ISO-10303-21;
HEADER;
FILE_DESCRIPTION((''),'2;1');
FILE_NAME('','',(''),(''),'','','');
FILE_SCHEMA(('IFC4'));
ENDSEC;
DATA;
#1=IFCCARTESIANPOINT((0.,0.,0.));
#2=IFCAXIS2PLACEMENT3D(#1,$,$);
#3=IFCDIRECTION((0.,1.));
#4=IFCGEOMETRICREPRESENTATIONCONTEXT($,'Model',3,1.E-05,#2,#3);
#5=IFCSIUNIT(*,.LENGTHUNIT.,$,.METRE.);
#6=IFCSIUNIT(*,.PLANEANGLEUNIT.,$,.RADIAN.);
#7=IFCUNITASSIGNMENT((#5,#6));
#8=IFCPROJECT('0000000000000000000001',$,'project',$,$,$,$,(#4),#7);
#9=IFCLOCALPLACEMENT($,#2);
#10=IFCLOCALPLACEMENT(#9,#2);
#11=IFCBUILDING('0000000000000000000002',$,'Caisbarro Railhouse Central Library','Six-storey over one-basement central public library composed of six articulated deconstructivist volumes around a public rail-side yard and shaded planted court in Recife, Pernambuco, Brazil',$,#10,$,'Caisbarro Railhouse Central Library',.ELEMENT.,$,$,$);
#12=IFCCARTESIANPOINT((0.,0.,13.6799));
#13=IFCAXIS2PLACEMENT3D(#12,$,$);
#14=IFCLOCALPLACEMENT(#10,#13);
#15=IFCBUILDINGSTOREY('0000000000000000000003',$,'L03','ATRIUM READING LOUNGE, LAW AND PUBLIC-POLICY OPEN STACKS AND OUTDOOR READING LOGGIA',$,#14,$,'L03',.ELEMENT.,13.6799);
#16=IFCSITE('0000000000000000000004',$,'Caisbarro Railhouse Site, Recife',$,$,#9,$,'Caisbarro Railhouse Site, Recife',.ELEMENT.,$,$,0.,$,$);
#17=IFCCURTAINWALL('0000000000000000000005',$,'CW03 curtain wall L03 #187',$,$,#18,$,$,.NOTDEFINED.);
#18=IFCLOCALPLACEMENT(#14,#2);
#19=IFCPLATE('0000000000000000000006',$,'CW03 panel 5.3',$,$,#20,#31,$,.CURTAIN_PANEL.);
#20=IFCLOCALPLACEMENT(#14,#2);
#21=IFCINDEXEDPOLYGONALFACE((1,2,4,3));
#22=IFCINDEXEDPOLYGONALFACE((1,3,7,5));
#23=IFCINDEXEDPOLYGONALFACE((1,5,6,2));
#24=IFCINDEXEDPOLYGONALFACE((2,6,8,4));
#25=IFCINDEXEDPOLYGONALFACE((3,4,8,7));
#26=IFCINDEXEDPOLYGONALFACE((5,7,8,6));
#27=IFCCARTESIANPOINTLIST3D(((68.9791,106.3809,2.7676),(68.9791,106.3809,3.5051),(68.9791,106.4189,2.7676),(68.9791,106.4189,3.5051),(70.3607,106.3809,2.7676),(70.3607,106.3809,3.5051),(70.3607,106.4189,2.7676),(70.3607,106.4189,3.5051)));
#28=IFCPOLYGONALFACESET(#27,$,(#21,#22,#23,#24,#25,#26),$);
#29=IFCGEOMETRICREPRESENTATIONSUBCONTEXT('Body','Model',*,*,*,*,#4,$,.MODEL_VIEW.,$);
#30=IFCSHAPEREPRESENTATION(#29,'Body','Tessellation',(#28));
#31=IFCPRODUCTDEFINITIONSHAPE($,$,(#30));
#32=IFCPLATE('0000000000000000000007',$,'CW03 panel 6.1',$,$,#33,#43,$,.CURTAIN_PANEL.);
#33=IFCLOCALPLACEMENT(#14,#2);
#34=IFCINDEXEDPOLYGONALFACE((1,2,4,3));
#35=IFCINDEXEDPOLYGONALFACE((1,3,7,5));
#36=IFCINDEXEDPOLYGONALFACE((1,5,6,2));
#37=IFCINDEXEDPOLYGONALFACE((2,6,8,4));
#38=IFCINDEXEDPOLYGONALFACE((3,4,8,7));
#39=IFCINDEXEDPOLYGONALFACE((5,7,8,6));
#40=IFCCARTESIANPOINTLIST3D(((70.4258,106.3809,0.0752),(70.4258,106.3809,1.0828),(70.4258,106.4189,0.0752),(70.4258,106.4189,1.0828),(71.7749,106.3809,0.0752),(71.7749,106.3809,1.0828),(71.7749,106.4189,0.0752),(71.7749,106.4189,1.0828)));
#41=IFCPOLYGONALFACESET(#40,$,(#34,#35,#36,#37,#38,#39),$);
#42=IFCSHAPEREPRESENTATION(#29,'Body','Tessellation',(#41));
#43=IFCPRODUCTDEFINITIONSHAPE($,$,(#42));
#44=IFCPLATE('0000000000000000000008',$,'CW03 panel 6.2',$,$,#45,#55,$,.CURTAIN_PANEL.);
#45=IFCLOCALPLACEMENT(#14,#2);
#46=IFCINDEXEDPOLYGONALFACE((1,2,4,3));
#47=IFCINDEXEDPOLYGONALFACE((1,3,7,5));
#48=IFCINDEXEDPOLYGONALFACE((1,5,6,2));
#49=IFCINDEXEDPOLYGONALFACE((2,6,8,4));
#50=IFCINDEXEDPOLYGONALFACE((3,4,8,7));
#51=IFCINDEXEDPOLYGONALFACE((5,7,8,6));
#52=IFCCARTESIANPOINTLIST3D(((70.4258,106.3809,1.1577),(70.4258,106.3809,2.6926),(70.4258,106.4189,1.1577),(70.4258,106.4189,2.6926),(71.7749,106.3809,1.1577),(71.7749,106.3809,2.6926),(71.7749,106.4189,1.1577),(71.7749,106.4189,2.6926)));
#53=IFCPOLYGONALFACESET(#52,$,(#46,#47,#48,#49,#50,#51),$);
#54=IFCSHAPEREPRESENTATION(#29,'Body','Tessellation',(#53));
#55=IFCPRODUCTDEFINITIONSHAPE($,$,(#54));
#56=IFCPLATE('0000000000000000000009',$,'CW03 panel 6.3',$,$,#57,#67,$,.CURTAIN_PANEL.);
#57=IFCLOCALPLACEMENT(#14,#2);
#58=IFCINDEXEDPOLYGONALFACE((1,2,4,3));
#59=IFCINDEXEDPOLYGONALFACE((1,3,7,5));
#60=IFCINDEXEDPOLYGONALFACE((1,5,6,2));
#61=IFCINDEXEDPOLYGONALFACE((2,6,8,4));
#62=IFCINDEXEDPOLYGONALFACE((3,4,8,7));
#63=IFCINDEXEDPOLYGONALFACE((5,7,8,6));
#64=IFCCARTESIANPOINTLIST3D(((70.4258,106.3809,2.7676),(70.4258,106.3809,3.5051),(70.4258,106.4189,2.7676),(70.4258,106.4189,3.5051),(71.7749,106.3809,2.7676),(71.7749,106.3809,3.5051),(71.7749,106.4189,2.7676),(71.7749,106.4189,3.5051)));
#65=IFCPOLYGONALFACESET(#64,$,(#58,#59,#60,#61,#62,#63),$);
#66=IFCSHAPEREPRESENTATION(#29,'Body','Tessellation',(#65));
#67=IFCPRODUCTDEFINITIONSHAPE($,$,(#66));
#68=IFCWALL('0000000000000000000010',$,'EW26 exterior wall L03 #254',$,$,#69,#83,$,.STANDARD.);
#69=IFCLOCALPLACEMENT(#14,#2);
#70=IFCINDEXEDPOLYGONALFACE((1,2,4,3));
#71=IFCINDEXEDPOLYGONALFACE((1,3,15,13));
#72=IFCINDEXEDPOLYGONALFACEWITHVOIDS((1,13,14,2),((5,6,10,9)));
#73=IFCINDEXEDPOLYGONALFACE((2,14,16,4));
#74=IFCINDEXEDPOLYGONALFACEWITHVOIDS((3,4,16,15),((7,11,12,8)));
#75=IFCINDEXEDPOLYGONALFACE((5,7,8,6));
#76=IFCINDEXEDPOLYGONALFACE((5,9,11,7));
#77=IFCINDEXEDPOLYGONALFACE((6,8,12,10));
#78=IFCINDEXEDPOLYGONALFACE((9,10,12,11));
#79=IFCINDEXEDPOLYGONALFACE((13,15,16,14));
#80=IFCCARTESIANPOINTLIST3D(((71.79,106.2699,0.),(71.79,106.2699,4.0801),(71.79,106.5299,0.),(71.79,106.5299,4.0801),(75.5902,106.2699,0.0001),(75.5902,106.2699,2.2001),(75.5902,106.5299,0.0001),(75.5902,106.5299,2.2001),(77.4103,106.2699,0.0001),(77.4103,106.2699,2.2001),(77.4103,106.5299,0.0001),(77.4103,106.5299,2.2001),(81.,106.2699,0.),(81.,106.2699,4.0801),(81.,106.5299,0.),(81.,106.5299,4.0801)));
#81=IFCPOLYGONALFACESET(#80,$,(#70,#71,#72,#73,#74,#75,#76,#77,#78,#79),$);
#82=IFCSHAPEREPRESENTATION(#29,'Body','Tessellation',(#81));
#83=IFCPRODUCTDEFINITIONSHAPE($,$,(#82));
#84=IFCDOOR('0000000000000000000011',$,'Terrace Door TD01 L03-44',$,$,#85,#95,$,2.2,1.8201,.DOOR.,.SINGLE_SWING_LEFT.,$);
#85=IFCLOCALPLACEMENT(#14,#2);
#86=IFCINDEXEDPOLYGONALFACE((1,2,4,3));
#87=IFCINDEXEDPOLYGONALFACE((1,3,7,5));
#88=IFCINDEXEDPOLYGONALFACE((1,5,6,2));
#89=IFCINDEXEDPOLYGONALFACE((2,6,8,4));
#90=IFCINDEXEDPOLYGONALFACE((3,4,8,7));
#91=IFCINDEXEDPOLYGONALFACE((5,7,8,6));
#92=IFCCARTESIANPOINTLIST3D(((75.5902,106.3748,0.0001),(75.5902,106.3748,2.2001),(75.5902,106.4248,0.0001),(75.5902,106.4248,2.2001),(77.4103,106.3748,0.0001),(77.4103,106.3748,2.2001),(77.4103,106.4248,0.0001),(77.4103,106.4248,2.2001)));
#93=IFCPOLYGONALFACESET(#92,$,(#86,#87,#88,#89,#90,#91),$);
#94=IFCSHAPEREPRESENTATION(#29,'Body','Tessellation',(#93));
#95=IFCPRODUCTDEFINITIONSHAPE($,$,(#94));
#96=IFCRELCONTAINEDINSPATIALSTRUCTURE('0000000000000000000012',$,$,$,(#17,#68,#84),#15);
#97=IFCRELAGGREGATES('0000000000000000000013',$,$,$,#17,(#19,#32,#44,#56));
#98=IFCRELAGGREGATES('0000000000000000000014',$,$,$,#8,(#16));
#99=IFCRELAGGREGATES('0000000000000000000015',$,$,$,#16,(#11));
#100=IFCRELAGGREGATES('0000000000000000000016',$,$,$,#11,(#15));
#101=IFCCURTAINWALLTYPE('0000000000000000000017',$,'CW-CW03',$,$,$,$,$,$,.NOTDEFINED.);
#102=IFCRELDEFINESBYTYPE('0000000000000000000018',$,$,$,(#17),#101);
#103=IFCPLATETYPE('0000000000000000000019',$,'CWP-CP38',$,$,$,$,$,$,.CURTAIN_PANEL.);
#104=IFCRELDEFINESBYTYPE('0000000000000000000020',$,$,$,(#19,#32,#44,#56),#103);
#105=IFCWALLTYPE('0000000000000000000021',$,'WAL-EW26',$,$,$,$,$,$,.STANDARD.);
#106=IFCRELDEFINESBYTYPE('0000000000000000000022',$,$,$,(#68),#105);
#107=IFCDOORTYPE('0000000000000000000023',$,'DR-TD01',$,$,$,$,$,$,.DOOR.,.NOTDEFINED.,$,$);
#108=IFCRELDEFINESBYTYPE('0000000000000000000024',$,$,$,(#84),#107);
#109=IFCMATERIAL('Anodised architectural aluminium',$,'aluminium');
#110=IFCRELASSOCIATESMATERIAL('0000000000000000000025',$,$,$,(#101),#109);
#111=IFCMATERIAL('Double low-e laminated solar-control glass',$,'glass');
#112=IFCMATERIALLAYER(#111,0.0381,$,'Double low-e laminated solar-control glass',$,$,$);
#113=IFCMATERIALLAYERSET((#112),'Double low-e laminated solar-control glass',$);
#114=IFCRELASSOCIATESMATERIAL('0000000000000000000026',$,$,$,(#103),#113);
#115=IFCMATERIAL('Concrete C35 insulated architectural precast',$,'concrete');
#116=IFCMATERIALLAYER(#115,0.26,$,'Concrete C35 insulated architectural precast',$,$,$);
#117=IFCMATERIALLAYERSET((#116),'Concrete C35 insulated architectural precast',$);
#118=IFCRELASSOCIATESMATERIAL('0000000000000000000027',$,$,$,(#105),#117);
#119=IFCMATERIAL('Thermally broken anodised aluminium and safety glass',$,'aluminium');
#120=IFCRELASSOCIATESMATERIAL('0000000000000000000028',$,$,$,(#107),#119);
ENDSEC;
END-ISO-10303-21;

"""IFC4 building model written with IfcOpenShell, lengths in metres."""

from ifc_helpers import new_model, si_unit, direction, frame, frame_2d, origin, origin_2d, place, context, subcontext, project, spatial, rectangle, extrude, material, layer, layer_set, type_object, element, fill, aggregate, save


model = new_model("IFC4")

# Units and contexts
model_context = context("Model", 3, precision=1e-05, world=origin(), true_north=direction((0.0, 1.0)))
body_context = subcontext(model_context, "Body", "Model", "MODEL_VIEW")
ifc_project = project(units=[si_unit("LENGTHUNIT", "METRE"), si_unit("PLANEANGLEUNIT", "RADIAN")], contexts=[model_context])

# Site, building, storey
site_placement = place(None, origin())
site = spatial("IfcSite", under=ifc_project, at=site_placement, Name="Caisbarro Railhouse Site, Recife", LongName="Caisbarro Railhouse Site, Recife", CompositionType="ELEMENT", RefElevation=0.0)
building_placement = place(site_placement, origin())
building = spatial("IfcBuilding", under=site, at=building_placement, Name="Caisbarro Railhouse Central Library", Description="Six-storey over one-basement central public library composed of six articulated deconstructivist volumes around a public rail-side yard and shaded planted court in Recife, Pernambuco, Brazil", LongName="Caisbarro Railhouse Central Library", CompositionType="ELEMENT")
storey_placement = place(building_placement, frame((0.0, 0.0, 13.6799)))
storey = spatial("IfcBuildingStorey", under=building, at=storey_placement, Name="L03", Description="ATRIUM READING LOUNGE, LAW AND PUBLIC-POLICY OPEN STACKS AND OUTDOOR READING LOGGIA", LongName="L03", CompositionType="ELEMENT", Elevation=13.6799)

# Curtain wall, plates
ifc_material_1 = material(Name="Anodised architectural aluminium", Category="aluminium")
curtain_wall_type = type_object("IfcCurtainWallType", Name="CW-CW03", PredefinedType="NOTDEFINED", material=ifc_material_1)
curtain_wall_placement = place(storey_placement, origin())
curtain_wall = element("IfcCurtainWall", 1, at=curtain_wall_placement, inside=storey, type_object=curtain_wall_type, Name="CW03 curtain wall L03 #187", PredefinedType="NOTDEFINED")
ifc_material_2 = material(Name="Double low-e laminated solar-control glass", Category="glass")
ifc_layer_1 = layer(ifc_material_2, 0.0381, Name="Double low-e laminated solar-control glass")
ifc_layer_set_1 = layer_set([ifc_layer_1], Name="Double low-e laminated solar-control glass")
plate_type = type_object("IfcPlateType", Name="CWP-CP38", PredefinedType="CURTAIN_PANEL", material=ifc_layer_set_1)
plate_1_placement = place(storey_placement, frame((69.6699, 106.3999, 2.7676), z_axis=(0.0, 0.0, 1.0), x_axis=(1.0, 0.0, 0.0)))
plate_1 = element("IfcPlate", 2, at=plate_1_placement, type_object=plate_type, Name="CW03 panel 5.3", PredefinedType="CURTAIN_PANEL", context=body_context, shape_type="SweptSolid", body=[
    extrude(rectangle(XDim=1.3816, YDim=0.0381, at=origin_2d()), origin(), (0.0, 0.0, 1.0), 0.7375),
])
plate_2_placement = place(storey_placement, frame((71.1003, 106.3999, 0.0752), z_axis=(0.0, 0.0, 1.0), x_axis=(1.0, 0.0, 0.0)))
plate_2 = element("IfcPlate", 3, at=plate_2_placement, type_object=plate_type, Name="CW03 panel 6.1", PredefinedType="CURTAIN_PANEL", context=body_context, shape_type="SweptSolid", body=[
    extrude(rectangle(XDim=1.3491, YDim=0.0381, at=origin_2d()), origin(), (0.0, 0.0, 1.0), 1.0076),
])
plate_3_placement = place(storey_placement, frame((71.1003, 106.3999, 1.1577), z_axis=(0.0, 0.0, 1.0), x_axis=(1.0, 0.0, 0.0)))
plate_3 = element("IfcPlate", 4, at=plate_3_placement, type_object=plate_type, Name="CW03 panel 6.2", PredefinedType="CURTAIN_PANEL", context=body_context, shape_type="SweptSolid", body=[
    extrude(rectangle(XDim=1.3491, YDim=0.0381, at=origin_2d()), origin(), (0.0, 0.0, 1.0), 1.5349),
])
plate_4_placement = place(storey_placement, frame((71.1003, 106.3999, 2.7676), z_axis=(0.0, 0.0, 1.0), x_axis=(1.0, 0.0, 0.0)))
plate_4 = element("IfcPlate", 5, at=plate_4_placement, type_object=plate_type, Name="CW03 panel 6.3", PredefinedType="CURTAIN_PANEL", context=body_context, shape_type="SweptSolid", body=[
    extrude(rectangle(XDim=1.3491, YDim=0.0381, at=origin_2d()), origin(), (0.0, 0.0, 1.0), 0.7375),
])
aggregate(curtain_wall, [plate_1, plate_2, plate_3, plate_4])

# Wall, opening, door
ifc_material_3 = material(Name="Concrete C35 insulated architectural precast", Category="concrete")
ifc_layer_2 = layer(ifc_material_3, 0.26, Name="Concrete C35 insulated architectural precast")
ifc_layer_set_2 = layer_set([ifc_layer_2], Name="Concrete C35 insulated architectural precast")
wall_type = type_object("IfcWallType", Name="WAL-EW26", PredefinedType="STANDARD", material=ifc_layer_set_2)
wall_placement = place(storey_placement, frame((71.79, 106.3999, 0.0), z_axis=(0.0, 0.0, 1.0), x_axis=(1.0, 0.0, 0.0)))
wall = element("IfcWall", 6, at=wall_placement, inside=storey, type_object=wall_type, Name="EW26 exterior wall L03 #254", PredefinedType="STANDARD", context=body_context, shape_type="SweptSolid", body=[
    extrude(rectangle(XDim=9.21, YDim=0.26, at=frame_2d((4.605, 0.0))), origin(), (0.0, 0.0, 1.0), 4.0801),
])
opening_placement = place(wall_placement, frame((3.8, 0.0, 0.0)))
opening = element("IfcOpeningElement", 7, at=opening_placement, cuts=wall, PredefinedType="OPENING", context=body_context, shape_type="SweptSolid", body=[
    extrude(rectangle(XDim=1.8201, YDim=2.2, at=frame_2d((0.9102, 1.1001))), frame((0.0, 0.1401, 0.0), z_axis=(0.0, -1.0, 0.0), x_axis=(1.0, 0.0, 0.0)), (0.0, 0.0, 1.0), 0.28),
])
ifc_material_4 = material(Name="Thermally broken anodised aluminium and safety glass", Category="aluminium")
door_type = type_object("IfcDoorType", Name="DR-TD01", OperationType="NOTDEFINED", PredefinedType="DOOR", material=ifc_material_4)
door_placement = place(opening_placement, origin())
door = element("IfcDoor", 8, at=door_placement, inside=storey, type_object=door_type, Name="Terrace Door TD01 L03-44", OperationType="SINGLE_SWING_LEFT", OverallHeight=2.2, OverallWidth=1.8201, PredefinedType="DOOR", context=body_context, shape_type="SweptSolid", body=[
    extrude(rectangle(XDim=1.8201, YDim=2.2, at=frame_2d((0.9102, 1.1001))), frame((0.0, 0.0249, 0.0), z_axis=(0.0, -1.0, 0.0), x_axis=(1.0, 0.0, 0.0)), (0.0, 0.0, 1.0), 0.05),
])
fill(opening, door)

save(model, "model.ifc")
